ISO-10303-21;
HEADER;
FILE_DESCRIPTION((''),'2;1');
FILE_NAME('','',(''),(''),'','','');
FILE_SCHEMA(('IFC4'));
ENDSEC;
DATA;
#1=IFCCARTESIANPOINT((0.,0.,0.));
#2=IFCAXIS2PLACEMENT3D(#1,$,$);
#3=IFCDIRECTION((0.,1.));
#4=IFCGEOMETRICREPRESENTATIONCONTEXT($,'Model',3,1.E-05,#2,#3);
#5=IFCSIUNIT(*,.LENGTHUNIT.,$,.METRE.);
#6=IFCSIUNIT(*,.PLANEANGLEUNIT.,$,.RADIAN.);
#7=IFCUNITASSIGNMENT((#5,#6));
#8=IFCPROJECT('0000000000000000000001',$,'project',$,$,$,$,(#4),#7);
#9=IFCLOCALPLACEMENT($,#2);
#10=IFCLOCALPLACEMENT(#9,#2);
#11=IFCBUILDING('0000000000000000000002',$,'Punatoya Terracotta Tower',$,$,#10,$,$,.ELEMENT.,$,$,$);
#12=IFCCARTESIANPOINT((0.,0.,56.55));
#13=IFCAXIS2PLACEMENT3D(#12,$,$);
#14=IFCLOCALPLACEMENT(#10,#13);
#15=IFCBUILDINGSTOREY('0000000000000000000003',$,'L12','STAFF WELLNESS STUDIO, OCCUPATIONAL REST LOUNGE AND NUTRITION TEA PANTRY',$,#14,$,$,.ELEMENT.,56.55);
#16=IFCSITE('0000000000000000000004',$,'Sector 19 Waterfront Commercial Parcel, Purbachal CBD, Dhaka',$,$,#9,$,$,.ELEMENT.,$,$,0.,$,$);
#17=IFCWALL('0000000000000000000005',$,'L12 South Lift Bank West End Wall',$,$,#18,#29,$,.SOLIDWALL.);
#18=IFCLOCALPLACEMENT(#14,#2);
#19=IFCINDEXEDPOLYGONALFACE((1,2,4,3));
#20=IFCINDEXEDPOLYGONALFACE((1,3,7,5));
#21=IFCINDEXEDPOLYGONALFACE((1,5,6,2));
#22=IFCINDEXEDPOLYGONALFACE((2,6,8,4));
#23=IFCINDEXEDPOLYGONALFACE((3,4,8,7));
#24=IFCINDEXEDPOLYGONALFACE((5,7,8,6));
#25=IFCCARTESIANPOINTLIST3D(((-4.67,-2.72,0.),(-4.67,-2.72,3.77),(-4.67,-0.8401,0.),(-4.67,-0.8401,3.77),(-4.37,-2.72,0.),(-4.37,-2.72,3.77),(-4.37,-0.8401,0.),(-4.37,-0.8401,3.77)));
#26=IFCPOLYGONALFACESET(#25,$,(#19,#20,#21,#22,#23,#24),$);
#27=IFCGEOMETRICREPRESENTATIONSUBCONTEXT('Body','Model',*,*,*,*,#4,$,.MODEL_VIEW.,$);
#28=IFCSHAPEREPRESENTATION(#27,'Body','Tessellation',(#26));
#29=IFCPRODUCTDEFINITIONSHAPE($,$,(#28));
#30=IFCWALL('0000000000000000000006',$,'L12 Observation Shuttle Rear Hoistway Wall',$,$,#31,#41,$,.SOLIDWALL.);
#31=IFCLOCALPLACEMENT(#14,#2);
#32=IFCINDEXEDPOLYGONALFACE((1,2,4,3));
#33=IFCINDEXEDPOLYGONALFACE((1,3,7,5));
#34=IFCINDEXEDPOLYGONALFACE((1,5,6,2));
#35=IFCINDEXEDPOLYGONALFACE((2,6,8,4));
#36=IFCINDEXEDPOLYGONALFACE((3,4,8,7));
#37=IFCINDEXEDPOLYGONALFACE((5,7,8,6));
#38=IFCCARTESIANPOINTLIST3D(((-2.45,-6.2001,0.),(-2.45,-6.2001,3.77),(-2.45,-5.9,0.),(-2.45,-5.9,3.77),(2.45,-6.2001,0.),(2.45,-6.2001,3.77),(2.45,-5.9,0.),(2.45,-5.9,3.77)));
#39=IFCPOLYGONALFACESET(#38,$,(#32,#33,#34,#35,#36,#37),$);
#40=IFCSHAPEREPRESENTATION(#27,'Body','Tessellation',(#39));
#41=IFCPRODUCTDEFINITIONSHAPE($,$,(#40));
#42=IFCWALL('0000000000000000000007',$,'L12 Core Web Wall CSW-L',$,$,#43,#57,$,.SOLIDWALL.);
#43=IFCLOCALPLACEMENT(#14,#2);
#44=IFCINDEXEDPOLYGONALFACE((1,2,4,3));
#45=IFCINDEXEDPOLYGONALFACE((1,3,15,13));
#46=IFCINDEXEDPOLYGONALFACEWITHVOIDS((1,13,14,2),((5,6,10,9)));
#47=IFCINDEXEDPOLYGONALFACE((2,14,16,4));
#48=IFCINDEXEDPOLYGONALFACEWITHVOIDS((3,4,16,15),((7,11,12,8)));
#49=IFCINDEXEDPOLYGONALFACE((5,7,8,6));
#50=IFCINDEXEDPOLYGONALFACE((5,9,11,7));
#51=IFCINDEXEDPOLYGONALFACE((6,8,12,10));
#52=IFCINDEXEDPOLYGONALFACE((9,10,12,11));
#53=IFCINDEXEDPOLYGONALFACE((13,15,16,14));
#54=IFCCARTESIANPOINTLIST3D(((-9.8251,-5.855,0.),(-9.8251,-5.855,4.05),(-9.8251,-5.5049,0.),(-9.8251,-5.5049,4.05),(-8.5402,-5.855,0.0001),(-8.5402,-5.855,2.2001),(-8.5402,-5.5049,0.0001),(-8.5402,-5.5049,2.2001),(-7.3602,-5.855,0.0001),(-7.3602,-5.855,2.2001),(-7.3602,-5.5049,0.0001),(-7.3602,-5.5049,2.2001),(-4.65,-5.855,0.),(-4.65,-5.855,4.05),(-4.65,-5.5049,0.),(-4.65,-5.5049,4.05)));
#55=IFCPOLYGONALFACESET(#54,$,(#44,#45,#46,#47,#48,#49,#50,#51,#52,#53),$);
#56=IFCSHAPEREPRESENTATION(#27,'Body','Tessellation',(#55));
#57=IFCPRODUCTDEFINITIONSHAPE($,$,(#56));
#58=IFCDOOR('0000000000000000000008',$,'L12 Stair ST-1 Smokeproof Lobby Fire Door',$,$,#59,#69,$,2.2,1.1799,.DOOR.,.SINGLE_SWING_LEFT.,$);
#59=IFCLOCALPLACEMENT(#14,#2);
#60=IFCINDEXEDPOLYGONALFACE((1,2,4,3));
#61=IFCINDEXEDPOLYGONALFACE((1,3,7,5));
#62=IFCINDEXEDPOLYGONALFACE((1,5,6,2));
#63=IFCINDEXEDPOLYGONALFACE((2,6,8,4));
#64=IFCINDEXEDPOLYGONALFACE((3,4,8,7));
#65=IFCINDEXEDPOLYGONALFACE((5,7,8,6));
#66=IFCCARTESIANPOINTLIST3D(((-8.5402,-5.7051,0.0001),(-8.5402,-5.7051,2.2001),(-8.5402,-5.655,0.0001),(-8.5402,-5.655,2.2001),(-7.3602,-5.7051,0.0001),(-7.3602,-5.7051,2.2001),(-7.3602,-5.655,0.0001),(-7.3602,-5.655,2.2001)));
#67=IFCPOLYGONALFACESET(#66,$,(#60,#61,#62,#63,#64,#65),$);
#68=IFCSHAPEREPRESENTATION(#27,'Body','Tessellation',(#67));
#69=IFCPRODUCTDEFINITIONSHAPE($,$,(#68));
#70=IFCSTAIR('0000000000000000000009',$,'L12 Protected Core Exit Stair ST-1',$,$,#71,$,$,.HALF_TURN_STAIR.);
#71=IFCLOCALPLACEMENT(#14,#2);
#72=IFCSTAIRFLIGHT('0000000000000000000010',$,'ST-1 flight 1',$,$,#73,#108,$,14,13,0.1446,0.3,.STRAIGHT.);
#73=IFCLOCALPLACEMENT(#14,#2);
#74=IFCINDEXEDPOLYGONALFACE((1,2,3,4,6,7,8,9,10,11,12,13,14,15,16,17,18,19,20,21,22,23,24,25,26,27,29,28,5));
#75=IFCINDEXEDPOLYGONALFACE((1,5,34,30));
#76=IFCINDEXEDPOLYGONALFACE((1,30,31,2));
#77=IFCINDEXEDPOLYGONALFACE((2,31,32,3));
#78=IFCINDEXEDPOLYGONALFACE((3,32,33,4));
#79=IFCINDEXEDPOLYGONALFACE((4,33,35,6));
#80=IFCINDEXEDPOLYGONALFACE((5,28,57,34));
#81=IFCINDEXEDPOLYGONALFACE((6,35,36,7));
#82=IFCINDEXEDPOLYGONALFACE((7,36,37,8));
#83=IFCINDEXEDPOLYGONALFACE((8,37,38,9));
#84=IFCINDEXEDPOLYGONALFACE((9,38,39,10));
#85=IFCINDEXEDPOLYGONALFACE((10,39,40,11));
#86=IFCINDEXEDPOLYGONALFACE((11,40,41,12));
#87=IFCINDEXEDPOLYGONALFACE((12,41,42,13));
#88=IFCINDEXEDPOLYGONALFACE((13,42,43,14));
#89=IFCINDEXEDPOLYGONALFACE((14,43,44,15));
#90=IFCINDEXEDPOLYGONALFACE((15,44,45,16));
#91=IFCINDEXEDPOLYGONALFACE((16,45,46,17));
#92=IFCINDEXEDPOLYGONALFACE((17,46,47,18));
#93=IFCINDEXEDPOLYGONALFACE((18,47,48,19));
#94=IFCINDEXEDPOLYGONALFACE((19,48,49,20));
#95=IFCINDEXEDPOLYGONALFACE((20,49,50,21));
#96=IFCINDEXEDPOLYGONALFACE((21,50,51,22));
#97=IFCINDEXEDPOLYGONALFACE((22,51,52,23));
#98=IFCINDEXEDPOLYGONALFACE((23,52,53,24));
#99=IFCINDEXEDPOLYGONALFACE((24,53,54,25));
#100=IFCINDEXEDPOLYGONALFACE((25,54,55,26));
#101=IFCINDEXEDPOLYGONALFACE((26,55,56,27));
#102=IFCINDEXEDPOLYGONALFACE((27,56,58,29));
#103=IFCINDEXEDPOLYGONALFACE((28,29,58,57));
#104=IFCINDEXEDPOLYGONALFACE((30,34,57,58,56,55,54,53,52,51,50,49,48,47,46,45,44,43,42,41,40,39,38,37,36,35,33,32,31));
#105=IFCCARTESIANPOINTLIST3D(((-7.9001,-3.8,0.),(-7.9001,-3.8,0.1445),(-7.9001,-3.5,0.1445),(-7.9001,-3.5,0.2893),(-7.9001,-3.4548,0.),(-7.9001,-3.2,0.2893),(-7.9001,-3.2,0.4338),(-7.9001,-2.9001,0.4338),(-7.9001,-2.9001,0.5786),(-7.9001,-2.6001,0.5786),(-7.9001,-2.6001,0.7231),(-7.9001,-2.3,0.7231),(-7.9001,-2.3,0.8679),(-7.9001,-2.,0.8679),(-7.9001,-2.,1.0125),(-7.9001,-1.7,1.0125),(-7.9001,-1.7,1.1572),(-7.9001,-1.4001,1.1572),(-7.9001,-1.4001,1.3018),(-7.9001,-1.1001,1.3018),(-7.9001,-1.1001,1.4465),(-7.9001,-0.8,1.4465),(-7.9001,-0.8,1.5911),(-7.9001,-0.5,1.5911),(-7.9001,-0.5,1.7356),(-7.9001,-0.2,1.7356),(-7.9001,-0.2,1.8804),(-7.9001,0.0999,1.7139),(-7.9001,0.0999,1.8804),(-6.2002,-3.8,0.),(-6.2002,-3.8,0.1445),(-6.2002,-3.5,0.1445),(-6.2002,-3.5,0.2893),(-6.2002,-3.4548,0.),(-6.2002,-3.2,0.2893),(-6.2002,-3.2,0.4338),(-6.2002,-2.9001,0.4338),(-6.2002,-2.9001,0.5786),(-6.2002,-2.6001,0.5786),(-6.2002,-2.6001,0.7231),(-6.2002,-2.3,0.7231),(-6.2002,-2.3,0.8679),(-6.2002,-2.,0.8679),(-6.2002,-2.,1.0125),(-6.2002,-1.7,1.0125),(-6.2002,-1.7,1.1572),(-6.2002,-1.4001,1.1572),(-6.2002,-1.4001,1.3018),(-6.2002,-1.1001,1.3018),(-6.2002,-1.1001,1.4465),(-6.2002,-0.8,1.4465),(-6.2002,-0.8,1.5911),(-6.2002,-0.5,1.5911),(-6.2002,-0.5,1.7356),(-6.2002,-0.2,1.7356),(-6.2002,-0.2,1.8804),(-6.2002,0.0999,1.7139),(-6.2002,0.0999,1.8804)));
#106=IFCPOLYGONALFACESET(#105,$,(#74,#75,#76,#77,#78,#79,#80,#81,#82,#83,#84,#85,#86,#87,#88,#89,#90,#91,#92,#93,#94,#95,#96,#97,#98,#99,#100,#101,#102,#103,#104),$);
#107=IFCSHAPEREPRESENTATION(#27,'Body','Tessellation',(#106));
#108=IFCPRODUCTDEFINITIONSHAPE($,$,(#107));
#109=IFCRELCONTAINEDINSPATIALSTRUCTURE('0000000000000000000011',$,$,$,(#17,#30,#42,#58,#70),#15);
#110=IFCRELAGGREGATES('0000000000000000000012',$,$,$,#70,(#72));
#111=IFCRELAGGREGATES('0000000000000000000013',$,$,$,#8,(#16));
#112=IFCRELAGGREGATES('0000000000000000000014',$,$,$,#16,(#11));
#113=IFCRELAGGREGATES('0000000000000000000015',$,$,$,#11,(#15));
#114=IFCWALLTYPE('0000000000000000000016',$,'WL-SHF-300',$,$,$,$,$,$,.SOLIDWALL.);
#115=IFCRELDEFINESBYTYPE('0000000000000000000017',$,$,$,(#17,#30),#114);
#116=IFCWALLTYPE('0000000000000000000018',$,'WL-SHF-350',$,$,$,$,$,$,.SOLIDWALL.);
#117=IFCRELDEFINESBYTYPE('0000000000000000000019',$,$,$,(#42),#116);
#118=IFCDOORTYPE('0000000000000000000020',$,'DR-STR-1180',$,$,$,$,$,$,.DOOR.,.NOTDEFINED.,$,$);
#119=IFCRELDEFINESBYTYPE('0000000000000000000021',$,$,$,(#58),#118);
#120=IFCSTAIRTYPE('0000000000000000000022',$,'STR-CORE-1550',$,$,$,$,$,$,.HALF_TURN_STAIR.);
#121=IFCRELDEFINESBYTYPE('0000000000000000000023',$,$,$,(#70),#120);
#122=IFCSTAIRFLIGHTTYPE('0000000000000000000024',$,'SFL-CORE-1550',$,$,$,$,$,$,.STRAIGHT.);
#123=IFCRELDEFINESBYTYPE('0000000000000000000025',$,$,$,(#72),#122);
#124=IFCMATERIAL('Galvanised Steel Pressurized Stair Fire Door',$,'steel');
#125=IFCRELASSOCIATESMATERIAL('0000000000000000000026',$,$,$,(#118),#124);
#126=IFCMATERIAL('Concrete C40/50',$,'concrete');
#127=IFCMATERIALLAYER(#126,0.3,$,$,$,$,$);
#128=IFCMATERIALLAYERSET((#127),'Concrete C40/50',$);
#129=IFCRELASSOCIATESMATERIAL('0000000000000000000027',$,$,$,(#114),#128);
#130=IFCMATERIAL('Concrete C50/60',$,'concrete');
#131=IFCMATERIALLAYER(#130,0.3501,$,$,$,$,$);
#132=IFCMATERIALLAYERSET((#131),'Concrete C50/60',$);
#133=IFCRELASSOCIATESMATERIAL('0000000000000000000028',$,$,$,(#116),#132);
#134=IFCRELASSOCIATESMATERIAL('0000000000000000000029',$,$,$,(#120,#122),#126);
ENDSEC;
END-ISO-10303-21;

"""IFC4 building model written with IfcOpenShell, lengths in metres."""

from ifc_helpers import new_model, si_unit, direction, frame, frame_2d, origin, place, context, subcontext, project, spatial, polyline, rectangle, outline, extrude, material, layer, layer_set, type_object, element, fill, aggregate, save


model = new_model("IFC4")

# Units and contexts
model_context = context("Model", 3, precision=1e-05, world=origin(), true_north=direction((0.0, 1.0)))
body_context = subcontext(model_context, "Body", "Model", "MODEL_VIEW")
ifc_project = project(units=[si_unit("LENGTHUNIT", "METRE"), si_unit("PLANEANGLEUNIT", "RADIAN")], contexts=[model_context])

# Site, building, storey
site_placement = place(None, origin())
site = spatial("IfcSite", under=ifc_project, at=site_placement, Name="Sector 19 Waterfront Commercial Parcel, Purbachal CBD, Dhaka", CompositionType="ELEMENT", RefElevation=0.0)
building_placement = place(site_placement, origin())
building = spatial("IfcBuilding", under=site, at=building_placement, Name="Punatoya Terracotta Tower", CompositionType="ELEMENT")
storey_placement = place(building_placement, frame((0.0, 0.0, 56.55)))
storey = spatial("IfcBuildingStorey", under=building, at=storey_placement, Name="L12", Description="STAFF WELLNESS STUDIO, OCCUPATIONAL REST LOUNGE AND NUTRITION TEA PANTRY", CompositionType="ELEMENT", Elevation=56.55)

# Shared definitions
ifc_material_1 = material(Name="Galvanised Steel Pressurized Stair Fire Door", Category="steel")
door_type_1 = type_object("IfcDoorType", Name="DR-STR-1180", OperationType="NOTDEFINED", PredefinedType="DOOR", material=ifc_material_1)

# Shared definitions
ifc_material_2 = material(Name="Concrete C40/50", Category="concrete")
ifc_layer_1 = layer(ifc_material_2, 0.3)
ifc_layer_set_1 = layer_set([ifc_layer_1], Name="Concrete C40/50")
wall_type_1 = type_object("IfcWallType", Name="WL-SHF-300", PredefinedType="SOLIDWALL", material=ifc_layer_set_1)

# Walls
wall_1_placement = place(storey_placement, frame((-4.52, -2.72, 0.0), z_axis=(0.0, 0.0, 1.0), x_axis=(0.0, 1.0, 0.0)))
element("IfcWall", 1, at=wall_1_placement, inside=storey, type_object=wall_type_1, Name="L12 South Lift Bank West End Wall", PredefinedType="SOLIDWALL", context=body_context, shape_type="SweptSolid", body=[
    extrude(rectangle(XDim=1.8799, YDim=0.3, at=frame_2d((0.9399, 0.0))), origin(), (0.0, 0.0, 1.0), 3.77),
])
wall_2_placement = place(storey_placement, frame((-2.45, -6.05, 0.0), z_axis=(0.0, 0.0, 1.0), x_axis=(1.0, 0.0, 0.0)))
element("IfcWall", 2, at=wall_2_placement, inside=storey, type_object=wall_type_1, Name="L12 Observation Shuttle Rear Hoistway Wall", PredefinedType="SOLIDWALL", context=body_context, shape_type="SweptSolid", body=[
    extrude(rectangle(XDim=4.8999, YDim=0.3, at=frame_2d((2.45, 0.0))), origin(), (0.0, 0.0, 1.0), 3.77),
])

# Wall, opening, door
ifc_material_3 = material(Name="Concrete C50/60", Category="concrete")
ifc_layer_2 = layer(ifc_material_3, 0.3501)
ifc_layer_set_2 = layer_set([ifc_layer_2], Name="Concrete C50/60")
wall_type_2 = type_object("IfcWallType", Name="WL-SHF-350", PredefinedType="SOLIDWALL", material=ifc_layer_set_2)
wall_3_placement = place(storey_placement, frame((-9.825, -5.6799, 0.0), z_axis=(0.0, 0.0, 1.0), x_axis=(1.0, 0.0, 0.0)))
wall_3 = element("IfcWall", 3, at=wall_3_placement, inside=storey, type_object=wall_type_2, Name="L12 Core Web Wall CSW-L", PredefinedType="SOLIDWALL", context=body_context, shape_type="SweptSolid", body=[
    extrude(rectangle(XDim=5.175, YDim=0.3501, at=frame_2d((2.5874, 0.0))), origin(), (0.0, 0.0, 1.0), 4.05),
])
opening_1_placement = place(wall_3_placement, frame((1.2849, 0.0, 0.0)))
opening_1 = element("IfcOpeningElement", 4, at=opening_1_placement, cuts=wall_3, PredefinedType="OPENING", context=body_context, shape_type="SweptSolid", body=[
    extrude(rectangle(XDim=1.1799, YDim=2.2, at=frame_2d((0.5898, 1.1001))), frame((0.0, 0.1851, 0.0), z_axis=(0.0, -1.0, 0.0), x_axis=(1.0, 0.0, 0.0)), (0.0, 0.0, 1.0), 0.3701),
])
door_1_placement = place(opening_1_placement, origin())
door_1 = element("IfcDoor", 5, at=door_1_placement, inside=storey, type_object=door_type_1, Name="L12 Stair ST-1 Smokeproof Lobby Fire Door", OperationType="SINGLE_SWING_LEFT", OverallHeight=2.2, OverallWidth=1.1799, PredefinedType="DOOR", context=body_context, shape_type="SweptSolid", body=[
    extrude(rectangle(XDim=1.1799, YDim=2.2, at=frame_2d((0.5898, 1.1001))), frame((0.0, 0.0249, 0.0), z_axis=(0.0, -1.0, 0.0), x_axis=(1.0, 0.0, 0.0)), (0.0, 0.0, 1.0), 0.05),
])
fill(opening_1, door_1)

# Stair, stair flight
stair_type = type_object("IfcStairType", Name="STR-CORE-1550", PredefinedType="HALF_TURN_STAIR", material=ifc_material_2)
stair_placement = place(storey_placement, origin())
stair = element("IfcStair", 6, at=stair_placement, inside=storey, type_object=stair_type, Name="L12 Protected Core Exit Stair ST-1", PredefinedType="HALF_TURN_STAIR")
stair_flight_type = type_object("IfcStairFlightType", Name="SFL-CORE-1550", PredefinedType="STRAIGHT", material=ifc_material_2)
stair_flight_placement = place(storey_placement, frame((-7.05, -3.8, 0.0), z_axis=(0.0, 0.0, 1.0), x_axis=(0.0, 1.0, 0.0)))
stair_flight = element("IfcStairFlight", 7, at=stair_flight_placement, type_object=stair_flight_type, Name="ST-1 flight 1", NumberOfRisers=14, NumberOfTreads=13, PredefinedType="STRAIGHT", RiserHeight=0.1446, TreadLength=0.3, context=body_context, shape_type="SweptSolid", body=[
    extrude(outline(polyline([(0.0, 0.0), (0.0, 0.1445), (0.3, 0.1445), (0.3, 0.2893), (0.6001, 0.2893), (0.6001, 0.4338), (0.8999, 0.4338), (0.8999, 0.5786), (1.2, 0.5786), (1.2, 0.7231), (1.5, 0.7231), (1.5, 0.8679), (1.8, 0.8679), (1.8, 1.0125), (2.1001, 1.0125), (2.1001, 1.1572), (2.3999, 1.1572), (2.3999, 1.3018), (2.7, 1.3018), (2.7, 1.4465), (3.0, 1.4465), (3.0, 1.5911), (3.3, 1.5911), (3.3, 1.7356), (3.6001, 1.7356), (3.6001, 1.8804), (3.8999, 1.8804), (3.8999, 2.0249), (3.8999, 1.7139), (0.3452, 0.0), (0.0, 0.0)])), frame((0.0, 0.8501, 0.0), z_axis=(0.0, -1.0, 0.0), x_axis=(1.0, 0.0, 0.0)), (0.0, 0.0, 1.0), 1.7),
])
aggregate(stair, [stair_flight])

save(model, "model.ifc")
